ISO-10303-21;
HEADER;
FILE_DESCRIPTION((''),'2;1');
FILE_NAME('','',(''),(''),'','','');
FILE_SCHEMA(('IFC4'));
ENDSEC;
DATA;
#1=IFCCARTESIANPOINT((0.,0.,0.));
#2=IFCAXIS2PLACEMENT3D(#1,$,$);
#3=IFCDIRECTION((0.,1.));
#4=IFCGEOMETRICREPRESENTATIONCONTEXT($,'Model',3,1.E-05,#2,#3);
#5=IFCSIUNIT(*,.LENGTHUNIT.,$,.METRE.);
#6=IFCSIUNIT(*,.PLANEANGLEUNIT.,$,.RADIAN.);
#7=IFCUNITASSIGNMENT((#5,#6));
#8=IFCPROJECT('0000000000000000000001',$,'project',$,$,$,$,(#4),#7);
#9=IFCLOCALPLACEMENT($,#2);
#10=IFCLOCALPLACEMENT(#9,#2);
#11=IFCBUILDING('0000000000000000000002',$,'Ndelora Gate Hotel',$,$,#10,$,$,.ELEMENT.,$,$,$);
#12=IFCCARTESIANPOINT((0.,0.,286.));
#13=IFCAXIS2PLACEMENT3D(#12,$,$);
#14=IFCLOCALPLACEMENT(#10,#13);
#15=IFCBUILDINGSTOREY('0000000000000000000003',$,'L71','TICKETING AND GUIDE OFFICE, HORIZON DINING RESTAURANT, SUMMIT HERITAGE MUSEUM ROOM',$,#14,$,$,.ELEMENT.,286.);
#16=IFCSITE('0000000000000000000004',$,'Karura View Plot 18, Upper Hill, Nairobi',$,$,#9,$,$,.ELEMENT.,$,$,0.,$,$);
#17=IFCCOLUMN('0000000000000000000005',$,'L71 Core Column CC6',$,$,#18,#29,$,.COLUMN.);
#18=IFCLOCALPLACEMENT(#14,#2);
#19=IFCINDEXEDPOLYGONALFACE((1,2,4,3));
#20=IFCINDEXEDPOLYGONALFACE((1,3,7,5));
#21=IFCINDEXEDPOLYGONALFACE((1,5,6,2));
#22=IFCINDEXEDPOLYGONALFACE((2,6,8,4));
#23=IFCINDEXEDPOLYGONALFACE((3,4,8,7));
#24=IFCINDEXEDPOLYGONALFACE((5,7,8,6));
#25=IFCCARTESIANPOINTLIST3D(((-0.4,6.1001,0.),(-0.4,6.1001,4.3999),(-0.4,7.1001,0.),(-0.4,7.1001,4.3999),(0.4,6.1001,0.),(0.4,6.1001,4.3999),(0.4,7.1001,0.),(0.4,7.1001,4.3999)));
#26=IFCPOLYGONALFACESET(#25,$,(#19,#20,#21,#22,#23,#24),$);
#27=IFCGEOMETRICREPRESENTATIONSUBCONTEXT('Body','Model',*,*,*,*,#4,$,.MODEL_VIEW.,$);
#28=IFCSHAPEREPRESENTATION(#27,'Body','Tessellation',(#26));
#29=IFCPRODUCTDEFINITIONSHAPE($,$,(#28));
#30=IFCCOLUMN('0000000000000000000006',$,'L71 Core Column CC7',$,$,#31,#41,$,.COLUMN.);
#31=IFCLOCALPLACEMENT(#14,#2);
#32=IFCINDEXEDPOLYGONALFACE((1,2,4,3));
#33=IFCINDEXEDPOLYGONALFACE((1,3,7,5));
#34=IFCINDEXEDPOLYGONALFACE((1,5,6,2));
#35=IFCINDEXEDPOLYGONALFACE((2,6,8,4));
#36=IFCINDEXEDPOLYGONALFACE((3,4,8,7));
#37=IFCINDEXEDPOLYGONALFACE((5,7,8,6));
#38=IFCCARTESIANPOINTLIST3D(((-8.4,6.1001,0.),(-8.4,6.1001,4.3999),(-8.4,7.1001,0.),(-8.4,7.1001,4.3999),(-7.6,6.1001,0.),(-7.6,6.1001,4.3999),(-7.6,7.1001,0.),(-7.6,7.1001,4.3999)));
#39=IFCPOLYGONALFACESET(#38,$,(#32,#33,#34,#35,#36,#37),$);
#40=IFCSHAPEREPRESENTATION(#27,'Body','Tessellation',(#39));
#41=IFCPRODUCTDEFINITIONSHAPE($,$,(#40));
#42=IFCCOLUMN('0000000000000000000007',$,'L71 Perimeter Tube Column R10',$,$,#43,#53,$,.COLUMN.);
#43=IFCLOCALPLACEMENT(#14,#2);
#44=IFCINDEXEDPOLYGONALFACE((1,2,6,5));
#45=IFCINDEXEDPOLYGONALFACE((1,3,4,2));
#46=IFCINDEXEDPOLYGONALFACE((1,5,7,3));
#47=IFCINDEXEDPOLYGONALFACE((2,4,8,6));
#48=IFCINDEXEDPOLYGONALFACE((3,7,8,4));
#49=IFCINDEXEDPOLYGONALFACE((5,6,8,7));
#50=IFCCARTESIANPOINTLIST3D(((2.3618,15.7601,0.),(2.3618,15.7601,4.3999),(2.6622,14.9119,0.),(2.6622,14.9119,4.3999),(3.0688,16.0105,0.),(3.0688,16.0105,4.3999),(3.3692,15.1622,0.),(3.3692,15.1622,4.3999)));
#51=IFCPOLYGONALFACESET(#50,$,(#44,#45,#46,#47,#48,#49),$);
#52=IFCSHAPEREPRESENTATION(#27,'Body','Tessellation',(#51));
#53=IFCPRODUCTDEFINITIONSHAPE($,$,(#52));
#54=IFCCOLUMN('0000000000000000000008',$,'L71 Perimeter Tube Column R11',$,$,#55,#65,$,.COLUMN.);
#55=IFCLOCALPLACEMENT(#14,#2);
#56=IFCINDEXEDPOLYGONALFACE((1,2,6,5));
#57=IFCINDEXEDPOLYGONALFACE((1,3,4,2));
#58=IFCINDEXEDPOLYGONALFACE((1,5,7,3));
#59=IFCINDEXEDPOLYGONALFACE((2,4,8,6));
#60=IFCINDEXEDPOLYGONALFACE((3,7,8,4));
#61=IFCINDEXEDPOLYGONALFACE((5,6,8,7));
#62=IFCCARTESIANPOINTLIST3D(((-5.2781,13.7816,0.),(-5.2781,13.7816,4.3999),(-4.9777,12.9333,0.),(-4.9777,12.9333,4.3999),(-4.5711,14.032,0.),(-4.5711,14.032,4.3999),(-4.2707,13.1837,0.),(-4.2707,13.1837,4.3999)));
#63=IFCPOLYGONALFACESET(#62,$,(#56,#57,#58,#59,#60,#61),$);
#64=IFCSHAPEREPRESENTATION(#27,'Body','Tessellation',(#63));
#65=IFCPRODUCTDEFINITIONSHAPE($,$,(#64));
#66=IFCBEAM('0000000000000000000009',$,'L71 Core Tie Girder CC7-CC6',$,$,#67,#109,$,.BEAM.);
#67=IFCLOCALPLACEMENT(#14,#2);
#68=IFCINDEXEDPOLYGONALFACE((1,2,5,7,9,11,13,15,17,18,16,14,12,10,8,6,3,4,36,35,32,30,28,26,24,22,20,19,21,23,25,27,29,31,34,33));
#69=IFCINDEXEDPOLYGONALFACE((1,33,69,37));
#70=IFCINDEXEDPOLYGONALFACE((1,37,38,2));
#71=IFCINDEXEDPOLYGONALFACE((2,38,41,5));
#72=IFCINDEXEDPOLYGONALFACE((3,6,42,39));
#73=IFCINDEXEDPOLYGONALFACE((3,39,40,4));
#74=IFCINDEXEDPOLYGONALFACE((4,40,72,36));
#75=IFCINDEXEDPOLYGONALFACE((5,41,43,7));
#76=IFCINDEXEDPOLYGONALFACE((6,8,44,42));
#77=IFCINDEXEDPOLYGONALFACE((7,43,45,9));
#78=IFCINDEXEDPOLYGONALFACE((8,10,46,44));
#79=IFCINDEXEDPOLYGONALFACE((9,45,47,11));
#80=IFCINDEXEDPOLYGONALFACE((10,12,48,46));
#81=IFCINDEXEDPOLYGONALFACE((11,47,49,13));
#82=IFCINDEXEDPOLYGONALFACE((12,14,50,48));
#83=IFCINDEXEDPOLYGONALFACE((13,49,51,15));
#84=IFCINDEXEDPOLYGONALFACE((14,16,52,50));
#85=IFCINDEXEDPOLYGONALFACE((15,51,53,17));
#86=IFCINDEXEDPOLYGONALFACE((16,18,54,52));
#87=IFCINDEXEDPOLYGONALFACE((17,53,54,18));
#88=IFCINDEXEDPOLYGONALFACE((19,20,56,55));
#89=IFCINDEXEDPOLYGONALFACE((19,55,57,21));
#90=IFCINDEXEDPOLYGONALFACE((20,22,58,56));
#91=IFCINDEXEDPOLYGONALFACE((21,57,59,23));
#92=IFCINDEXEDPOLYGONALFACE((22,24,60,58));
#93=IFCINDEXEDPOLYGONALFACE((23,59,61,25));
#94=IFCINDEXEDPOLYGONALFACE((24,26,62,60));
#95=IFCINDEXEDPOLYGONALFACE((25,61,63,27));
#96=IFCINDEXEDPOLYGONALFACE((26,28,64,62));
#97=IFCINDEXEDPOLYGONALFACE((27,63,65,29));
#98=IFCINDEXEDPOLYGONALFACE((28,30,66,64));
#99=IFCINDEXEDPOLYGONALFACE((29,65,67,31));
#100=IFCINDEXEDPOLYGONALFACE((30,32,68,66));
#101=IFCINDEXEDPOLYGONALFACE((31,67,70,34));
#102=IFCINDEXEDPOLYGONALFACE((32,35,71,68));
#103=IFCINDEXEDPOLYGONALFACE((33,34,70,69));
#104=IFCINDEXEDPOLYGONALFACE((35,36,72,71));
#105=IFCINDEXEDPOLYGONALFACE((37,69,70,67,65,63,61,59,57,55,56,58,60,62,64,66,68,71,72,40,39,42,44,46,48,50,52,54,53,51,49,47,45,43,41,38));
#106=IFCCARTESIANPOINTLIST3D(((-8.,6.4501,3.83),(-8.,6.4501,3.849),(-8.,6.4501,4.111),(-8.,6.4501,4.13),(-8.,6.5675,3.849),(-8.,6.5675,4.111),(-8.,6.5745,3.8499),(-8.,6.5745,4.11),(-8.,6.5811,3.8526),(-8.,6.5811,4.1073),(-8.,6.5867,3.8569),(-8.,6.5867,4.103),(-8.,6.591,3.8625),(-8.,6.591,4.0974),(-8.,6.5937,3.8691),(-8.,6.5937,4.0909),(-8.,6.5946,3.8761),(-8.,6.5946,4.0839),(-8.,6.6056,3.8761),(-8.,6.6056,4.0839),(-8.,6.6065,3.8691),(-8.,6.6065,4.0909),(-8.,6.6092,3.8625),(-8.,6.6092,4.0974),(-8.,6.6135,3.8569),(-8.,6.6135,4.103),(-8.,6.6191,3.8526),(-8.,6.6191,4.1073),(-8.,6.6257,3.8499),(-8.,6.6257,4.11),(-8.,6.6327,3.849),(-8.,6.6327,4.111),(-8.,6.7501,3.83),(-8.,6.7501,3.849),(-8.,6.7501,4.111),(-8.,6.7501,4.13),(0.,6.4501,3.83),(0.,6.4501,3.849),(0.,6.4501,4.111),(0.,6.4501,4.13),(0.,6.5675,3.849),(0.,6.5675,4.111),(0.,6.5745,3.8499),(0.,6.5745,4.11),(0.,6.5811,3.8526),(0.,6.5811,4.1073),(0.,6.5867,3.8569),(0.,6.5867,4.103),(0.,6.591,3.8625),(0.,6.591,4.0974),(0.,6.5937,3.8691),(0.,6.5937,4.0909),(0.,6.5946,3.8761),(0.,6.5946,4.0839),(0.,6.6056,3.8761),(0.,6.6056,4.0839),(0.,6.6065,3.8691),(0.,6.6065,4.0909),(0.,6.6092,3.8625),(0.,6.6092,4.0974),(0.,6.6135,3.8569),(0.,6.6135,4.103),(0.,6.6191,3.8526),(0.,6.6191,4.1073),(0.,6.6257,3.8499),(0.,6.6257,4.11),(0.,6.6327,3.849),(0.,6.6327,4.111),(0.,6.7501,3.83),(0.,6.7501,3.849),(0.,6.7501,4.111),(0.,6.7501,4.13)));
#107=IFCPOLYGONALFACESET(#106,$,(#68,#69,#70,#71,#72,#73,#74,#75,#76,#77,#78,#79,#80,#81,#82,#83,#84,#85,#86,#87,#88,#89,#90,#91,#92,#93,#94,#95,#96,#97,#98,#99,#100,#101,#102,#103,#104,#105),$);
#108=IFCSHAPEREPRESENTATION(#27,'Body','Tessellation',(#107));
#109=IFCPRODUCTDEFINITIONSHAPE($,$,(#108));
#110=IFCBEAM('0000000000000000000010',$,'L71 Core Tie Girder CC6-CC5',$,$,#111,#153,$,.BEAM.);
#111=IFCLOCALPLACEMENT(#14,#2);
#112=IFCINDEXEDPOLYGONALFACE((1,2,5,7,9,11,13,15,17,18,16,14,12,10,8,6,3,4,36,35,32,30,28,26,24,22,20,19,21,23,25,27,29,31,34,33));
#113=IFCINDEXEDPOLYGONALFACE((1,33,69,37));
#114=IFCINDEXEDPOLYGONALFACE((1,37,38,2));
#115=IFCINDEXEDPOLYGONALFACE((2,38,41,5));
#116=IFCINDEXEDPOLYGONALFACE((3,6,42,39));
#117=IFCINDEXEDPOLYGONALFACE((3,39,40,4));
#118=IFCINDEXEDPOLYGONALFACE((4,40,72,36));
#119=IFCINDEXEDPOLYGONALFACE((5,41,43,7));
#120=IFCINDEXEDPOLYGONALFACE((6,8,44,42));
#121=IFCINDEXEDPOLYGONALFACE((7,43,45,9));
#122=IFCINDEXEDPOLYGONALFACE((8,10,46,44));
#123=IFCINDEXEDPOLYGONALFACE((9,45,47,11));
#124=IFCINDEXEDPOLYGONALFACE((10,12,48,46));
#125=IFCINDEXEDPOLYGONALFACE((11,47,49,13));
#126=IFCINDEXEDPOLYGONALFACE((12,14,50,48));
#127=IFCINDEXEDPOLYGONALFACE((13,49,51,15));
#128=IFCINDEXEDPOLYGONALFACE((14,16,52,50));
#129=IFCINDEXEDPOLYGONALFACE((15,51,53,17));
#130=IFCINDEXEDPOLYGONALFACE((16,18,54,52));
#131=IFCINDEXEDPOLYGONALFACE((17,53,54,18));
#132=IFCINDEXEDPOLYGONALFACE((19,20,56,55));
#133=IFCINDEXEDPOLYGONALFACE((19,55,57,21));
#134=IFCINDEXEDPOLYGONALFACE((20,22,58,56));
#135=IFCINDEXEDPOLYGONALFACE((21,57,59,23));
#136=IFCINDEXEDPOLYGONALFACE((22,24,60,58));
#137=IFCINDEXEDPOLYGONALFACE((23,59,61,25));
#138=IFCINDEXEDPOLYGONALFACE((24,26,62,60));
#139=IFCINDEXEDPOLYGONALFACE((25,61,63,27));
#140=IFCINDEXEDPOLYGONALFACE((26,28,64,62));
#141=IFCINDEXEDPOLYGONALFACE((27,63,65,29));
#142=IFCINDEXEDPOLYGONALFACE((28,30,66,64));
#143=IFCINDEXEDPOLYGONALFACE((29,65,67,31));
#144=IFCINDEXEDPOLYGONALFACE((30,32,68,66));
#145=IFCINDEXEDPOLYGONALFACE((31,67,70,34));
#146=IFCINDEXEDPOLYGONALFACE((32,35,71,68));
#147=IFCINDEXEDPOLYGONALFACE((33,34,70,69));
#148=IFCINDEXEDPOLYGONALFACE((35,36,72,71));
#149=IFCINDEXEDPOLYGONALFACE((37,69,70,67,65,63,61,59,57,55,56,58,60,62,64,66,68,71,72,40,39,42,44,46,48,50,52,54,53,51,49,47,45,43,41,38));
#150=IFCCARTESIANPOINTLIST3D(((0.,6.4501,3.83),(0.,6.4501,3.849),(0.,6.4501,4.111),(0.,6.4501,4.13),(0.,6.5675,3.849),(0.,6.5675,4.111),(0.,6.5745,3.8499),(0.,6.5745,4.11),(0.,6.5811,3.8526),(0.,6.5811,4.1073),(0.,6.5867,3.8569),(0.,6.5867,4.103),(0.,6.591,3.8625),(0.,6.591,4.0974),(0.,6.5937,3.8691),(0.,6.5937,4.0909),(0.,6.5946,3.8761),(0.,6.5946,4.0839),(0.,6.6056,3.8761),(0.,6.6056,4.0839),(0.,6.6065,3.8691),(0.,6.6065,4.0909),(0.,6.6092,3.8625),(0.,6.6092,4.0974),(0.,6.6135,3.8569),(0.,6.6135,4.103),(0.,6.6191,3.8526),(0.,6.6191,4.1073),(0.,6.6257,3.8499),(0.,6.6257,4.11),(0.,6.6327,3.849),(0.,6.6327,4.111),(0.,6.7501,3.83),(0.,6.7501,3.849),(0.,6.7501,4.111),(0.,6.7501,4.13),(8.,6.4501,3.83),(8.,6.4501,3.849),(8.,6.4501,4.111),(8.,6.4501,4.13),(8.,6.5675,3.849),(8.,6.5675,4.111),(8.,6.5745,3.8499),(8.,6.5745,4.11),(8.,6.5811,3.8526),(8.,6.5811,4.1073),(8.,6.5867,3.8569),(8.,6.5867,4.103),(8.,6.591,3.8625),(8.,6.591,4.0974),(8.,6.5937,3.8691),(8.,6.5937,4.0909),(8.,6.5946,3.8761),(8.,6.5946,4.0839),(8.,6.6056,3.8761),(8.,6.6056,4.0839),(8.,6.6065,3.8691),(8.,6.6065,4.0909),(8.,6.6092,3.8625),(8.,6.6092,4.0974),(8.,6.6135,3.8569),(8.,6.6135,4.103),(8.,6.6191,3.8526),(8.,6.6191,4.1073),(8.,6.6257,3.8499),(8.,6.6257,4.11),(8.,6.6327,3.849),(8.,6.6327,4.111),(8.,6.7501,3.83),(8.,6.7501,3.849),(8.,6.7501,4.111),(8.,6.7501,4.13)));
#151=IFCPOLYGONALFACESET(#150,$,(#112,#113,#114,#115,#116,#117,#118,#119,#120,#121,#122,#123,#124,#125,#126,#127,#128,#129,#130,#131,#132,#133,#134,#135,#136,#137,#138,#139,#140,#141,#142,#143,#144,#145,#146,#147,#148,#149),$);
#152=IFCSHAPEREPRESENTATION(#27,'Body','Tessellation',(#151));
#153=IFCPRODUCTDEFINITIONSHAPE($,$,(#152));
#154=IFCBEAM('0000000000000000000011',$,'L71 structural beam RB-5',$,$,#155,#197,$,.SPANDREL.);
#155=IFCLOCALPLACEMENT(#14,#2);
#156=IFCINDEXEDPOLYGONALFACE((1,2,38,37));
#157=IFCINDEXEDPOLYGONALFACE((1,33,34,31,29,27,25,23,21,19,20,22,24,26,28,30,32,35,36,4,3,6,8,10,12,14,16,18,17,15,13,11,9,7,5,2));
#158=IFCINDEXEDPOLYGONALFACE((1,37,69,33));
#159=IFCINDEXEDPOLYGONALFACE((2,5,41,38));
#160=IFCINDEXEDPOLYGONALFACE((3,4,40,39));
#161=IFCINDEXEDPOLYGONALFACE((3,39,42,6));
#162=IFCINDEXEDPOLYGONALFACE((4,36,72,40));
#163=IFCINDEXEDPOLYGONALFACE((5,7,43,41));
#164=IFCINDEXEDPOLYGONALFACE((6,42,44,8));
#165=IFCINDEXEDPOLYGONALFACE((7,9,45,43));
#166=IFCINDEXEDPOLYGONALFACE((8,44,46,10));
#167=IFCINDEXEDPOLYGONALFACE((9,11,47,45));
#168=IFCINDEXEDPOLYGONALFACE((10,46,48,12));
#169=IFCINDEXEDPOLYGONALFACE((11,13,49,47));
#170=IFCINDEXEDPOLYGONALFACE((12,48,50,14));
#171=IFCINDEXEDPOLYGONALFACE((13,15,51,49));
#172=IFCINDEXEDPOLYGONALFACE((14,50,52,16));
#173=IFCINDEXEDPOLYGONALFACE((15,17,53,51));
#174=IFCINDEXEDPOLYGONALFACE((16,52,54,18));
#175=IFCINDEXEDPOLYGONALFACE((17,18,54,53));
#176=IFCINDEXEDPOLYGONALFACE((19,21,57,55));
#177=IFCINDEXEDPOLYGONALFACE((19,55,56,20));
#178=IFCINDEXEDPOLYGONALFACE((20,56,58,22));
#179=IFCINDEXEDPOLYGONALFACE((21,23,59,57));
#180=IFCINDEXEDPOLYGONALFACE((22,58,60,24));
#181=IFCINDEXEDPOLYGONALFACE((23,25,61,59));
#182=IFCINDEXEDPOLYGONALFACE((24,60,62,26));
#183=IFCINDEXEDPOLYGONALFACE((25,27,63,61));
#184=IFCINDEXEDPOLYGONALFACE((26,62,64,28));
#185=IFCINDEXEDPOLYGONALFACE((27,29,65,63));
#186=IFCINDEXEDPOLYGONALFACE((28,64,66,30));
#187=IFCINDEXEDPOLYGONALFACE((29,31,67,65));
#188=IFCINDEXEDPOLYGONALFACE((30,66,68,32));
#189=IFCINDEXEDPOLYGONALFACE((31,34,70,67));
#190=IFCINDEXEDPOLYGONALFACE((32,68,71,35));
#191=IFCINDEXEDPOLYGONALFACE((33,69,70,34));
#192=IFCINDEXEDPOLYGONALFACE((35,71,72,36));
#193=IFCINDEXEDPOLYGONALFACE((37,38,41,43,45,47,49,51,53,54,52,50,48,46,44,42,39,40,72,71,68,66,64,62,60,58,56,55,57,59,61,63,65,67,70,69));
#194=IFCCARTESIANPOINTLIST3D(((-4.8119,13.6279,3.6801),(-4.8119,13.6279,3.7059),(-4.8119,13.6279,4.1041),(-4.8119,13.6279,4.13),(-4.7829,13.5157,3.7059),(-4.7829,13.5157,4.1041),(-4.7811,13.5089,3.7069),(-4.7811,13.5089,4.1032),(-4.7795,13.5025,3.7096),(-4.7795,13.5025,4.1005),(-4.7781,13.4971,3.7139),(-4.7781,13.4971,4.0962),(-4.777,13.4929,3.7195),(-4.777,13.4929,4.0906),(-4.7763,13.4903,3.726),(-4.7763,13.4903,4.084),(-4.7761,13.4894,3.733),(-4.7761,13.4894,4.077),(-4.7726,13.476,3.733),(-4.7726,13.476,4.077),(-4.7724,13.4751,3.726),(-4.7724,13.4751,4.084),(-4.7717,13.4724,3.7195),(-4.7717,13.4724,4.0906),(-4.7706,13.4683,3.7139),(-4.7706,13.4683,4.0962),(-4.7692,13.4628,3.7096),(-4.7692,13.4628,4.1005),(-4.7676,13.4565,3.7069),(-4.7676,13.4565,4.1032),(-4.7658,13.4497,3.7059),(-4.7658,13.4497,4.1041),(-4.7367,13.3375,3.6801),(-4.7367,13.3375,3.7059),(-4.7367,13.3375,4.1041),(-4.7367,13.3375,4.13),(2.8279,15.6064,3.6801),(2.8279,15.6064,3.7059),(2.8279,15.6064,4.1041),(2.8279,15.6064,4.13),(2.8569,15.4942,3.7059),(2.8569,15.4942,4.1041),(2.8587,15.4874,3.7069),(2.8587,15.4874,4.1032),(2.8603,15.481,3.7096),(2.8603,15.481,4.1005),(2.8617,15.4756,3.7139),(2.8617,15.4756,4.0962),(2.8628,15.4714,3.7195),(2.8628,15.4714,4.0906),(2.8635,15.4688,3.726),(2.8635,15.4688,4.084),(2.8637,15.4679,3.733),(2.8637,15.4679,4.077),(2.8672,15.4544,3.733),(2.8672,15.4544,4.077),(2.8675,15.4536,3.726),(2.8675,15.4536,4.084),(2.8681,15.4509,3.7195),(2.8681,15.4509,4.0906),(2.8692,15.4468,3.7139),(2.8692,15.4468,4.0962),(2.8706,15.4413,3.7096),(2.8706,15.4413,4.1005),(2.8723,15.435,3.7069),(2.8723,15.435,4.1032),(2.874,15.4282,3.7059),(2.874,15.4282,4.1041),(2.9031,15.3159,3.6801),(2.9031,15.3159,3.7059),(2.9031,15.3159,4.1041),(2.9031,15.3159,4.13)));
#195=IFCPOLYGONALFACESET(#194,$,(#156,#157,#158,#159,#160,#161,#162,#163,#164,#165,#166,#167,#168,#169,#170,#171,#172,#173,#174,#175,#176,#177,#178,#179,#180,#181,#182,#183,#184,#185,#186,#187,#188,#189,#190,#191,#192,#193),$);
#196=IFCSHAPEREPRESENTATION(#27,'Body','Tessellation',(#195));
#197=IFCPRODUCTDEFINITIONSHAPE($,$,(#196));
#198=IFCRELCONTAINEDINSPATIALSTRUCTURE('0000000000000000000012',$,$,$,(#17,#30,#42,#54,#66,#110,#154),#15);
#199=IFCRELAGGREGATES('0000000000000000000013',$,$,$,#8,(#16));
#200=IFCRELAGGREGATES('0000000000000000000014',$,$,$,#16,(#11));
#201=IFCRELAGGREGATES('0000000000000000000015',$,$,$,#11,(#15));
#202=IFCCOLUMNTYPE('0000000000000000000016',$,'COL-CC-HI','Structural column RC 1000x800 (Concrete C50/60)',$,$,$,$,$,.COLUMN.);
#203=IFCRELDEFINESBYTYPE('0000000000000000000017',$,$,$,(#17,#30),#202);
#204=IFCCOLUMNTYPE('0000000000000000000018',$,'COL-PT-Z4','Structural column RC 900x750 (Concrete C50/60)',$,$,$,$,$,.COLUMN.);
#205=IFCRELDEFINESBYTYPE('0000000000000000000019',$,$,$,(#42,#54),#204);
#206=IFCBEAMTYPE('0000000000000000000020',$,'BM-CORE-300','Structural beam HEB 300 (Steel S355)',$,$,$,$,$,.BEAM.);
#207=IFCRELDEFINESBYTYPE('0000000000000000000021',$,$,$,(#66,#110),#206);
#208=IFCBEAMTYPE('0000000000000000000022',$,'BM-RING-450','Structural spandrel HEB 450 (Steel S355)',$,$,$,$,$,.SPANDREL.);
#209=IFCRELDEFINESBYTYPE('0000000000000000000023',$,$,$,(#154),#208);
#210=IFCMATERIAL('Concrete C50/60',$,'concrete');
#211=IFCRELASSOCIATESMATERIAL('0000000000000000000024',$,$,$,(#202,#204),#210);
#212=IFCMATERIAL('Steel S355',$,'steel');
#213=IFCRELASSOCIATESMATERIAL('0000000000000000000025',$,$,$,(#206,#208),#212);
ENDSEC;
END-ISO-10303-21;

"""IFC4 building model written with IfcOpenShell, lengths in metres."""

from ifc_helpers import new_model, si_unit, direction, frame, origin, origin_2d, place, context, subcontext, project, spatial, rectangle, i_section, extrude, material, material_profile, profile_set, type_object, element, save


model = new_model("IFC4")

# Units and contexts
model_context = context("Model", 3, precision=1e-05, world=origin(), true_north=direction((0.0, 1.0)))
body_context = subcontext(model_context, "Body", "Model", "MODEL_VIEW")
ifc_project = project(units=[si_unit("LENGTHUNIT", "METRE"), si_unit("PLANEANGLEUNIT", "RADIAN")], contexts=[model_context])

# Site, building, storey
site_placement = place(None, origin())
site = spatial("IfcSite", under=ifc_project, at=site_placement, Name="Karura View Plot 18, Upper Hill, Nairobi", CompositionType="ELEMENT", RefElevation=0.0)
building_placement = place(site_placement, origin())
building = spatial("IfcBuilding", under=site, at=building_placement, Name="Ndelora Gate Hotel", CompositionType="ELEMENT")
storey_placement = place(building_placement, frame((0.0, 0.0, 286.0)))
storey = spatial("IfcBuildingStorey", under=building, at=storey_placement, Name="L71", Description="TICKETING AND GUIDE OFFICE, HORIZON DINING RESTAURANT, SUMMIT HERITAGE MUSEUM ROOM", CompositionType="ELEMENT", Elevation=286.0)

# Columns
ifc_material_1 = material(Name="Concrete C50/60", Category="concrete")
ifc_material_profile_1 = material_profile(ifc_material_1, rectangle(XDim=0.8, YDim=1.0, at=origin_2d()), Name="RC 1000x800")
ifc_profile_set_1 = profile_set([ifc_material_profile_1], Name="Concrete C50/60")
column_type_1 = type_object("IfcColumnType", Name="COL-CC-HI", Description="Structural column RC 1000x800 (Concrete C50/60)", PredefinedType="COLUMN", material=ifc_profile_set_1)
for number, where, z_axis, x_axis, name in (
    (1, (0.0, 6.6001, 0.0), (0.0, 0.0, 1.0), (1.0, 0.0, 0.0), "L71 Core Column CC6"),
    (2, (-8.0, 6.6001, 0.0), (0.0, 0.0, 1.0), (1.0, 0.0, 0.0), "L71 Core Column CC7"),
):
    element("IfcColumn", number, at=place(storey_placement, frame(where, z_axis=z_axis, x_axis=x_axis)), inside=storey, type_object=column_type_1, Name=name, PredefinedType="COLUMN", context=body_context, shape_type="SweptSolid", body=[
        extrude(rectangle(XDim=0.8, YDim=1.0, at=origin_2d()), origin(), (0.0, 0.0, 1.0), 4.3999),
    ])
ifc_material_profile_2 = material_profile(ifc_material_1, rectangle(XDim=0.75, YDim=0.8999, at=origin_2d()), Name="RC 900x750")
ifc_profile_set_2 = profile_set([ifc_material_profile_2], Name="Concrete C50/60")
column_type_2 = type_object("IfcColumnType", Name="COL-PT-Z4", Description="Structural column RC 900x750 (Concrete C50/60)", PredefinedType="COLUMN", material=ifc_profile_set_2)
for number, where, z_axis, x_axis, name in (
    (3, (2.8655, 15.4612, 0.0), (0.0, 0.0, 1.0), (0.942641, 0.333807, 0.0), "L71 Perimeter Tube Column R10"),
    (4, (-4.7744, 13.4827, 0.0), (0.0, 0.0, 1.0), (0.942641, 0.333807, 0.0), "L71 Perimeter Tube Column R11"),
):
    element("IfcColumn", number, at=place(storey_placement, frame(where, z_axis=z_axis, x_axis=x_axis)), inside=storey, type_object=column_type_2, Name=name, PredefinedType="COLUMN", context=body_context, shape_type="SweptSolid", body=[
        extrude(rectangle(XDim=0.75, YDim=0.8999, at=origin_2d()), origin(), (0.0, 0.0, 1.0), 4.3999),
    ])

# Beams
ifc_material_2 = material(Name="Steel S355", Category="steel")
ifc_material_profile_3 = material_profile(ifc_material_2, i_section(OverallWidth=0.3, OverallDepth=0.3, WebThickness=0.011, FlangeThickness=0.019, FilletRadius=0.0271, at=origin_2d()), Name="HEB 300")
ifc_profile_set_3 = profile_set([ifc_material_profile_3], Name="Steel S355")
beam_type_1 = type_object("IfcBeamType", Name="BM-CORE-300", Description="Structural beam HEB 300 (Steel S355)", PredefinedType="BEAM", material=ifc_profile_set_3)
for number, where, z_axis, x_axis, name in (
    (5, (-8.0, 6.6001, 3.98), (1.0, 0.0, 0.0), (0.0, 1.0, 0.0), "L71 Core Tie Girder CC7-CC6"),
    (6, (0.0, 6.6001, 3.98), (1.0, 0.0, 0.0), (0.0, 1.0, 0.0), "L71 Core Tie Girder CC6-CC5"),
):
    element("IfcBeam", number, at=place(storey_placement, frame(where, z_axis=z_axis, x_axis=x_axis)), inside=storey, type_object=beam_type_1, Name=name, PredefinedType="BEAM", context=body_context, shape_type="SweptSolid", body=[
        extrude(i_section(OverallWidth=0.3, OverallDepth=0.3, WebThickness=0.011, FlangeThickness=0.019, FilletRadius=0.0271, at=origin_2d()), origin(), (0.0, 0.0, 1.0), 8.0),
    ])
ifc_material_profile_4 = material_profile(ifc_material_2, i_section(OverallWidth=0.3, OverallDepth=0.45, WebThickness=0.0139, FlangeThickness=0.0259, FilletRadius=0.0271, at=origin_2d()), Name="HEB 450")
ifc_profile_set_4 = profile_set([ifc_material_profile_4], Name="Steel S355")
beam_type_2 = type_object("IfcBeamType", Name="BM-RING-450", Description="Structural spandrel HEB 450 (Steel S355)", PredefinedType="SPANDREL", material=ifc_profile_set_4)
beam_1_placement = place(storey_placement, frame((2.8655, 15.4612, 3.905), z_axis=(-0.968064, -0.250701, 0.0), x_axis=(0.250701, -0.968064, 0.0)))
element("IfcBeam", 7, at=beam_1_placement, inside=storey, type_object=beam_type_2, Name="L71 structural beam RB-5", PredefinedType="SPANDREL", context=body_context, shape_type="SweptSolid", body=[
    extrude(i_section(OverallWidth=0.3, OverallDepth=0.45, WebThickness=0.0139, FlangeThickness=0.0259, FilletRadius=0.0271, at=origin_2d()), origin(), (0.0, 0.0, 1.0), 7.8918),
])

save(model, "model.ifc")
